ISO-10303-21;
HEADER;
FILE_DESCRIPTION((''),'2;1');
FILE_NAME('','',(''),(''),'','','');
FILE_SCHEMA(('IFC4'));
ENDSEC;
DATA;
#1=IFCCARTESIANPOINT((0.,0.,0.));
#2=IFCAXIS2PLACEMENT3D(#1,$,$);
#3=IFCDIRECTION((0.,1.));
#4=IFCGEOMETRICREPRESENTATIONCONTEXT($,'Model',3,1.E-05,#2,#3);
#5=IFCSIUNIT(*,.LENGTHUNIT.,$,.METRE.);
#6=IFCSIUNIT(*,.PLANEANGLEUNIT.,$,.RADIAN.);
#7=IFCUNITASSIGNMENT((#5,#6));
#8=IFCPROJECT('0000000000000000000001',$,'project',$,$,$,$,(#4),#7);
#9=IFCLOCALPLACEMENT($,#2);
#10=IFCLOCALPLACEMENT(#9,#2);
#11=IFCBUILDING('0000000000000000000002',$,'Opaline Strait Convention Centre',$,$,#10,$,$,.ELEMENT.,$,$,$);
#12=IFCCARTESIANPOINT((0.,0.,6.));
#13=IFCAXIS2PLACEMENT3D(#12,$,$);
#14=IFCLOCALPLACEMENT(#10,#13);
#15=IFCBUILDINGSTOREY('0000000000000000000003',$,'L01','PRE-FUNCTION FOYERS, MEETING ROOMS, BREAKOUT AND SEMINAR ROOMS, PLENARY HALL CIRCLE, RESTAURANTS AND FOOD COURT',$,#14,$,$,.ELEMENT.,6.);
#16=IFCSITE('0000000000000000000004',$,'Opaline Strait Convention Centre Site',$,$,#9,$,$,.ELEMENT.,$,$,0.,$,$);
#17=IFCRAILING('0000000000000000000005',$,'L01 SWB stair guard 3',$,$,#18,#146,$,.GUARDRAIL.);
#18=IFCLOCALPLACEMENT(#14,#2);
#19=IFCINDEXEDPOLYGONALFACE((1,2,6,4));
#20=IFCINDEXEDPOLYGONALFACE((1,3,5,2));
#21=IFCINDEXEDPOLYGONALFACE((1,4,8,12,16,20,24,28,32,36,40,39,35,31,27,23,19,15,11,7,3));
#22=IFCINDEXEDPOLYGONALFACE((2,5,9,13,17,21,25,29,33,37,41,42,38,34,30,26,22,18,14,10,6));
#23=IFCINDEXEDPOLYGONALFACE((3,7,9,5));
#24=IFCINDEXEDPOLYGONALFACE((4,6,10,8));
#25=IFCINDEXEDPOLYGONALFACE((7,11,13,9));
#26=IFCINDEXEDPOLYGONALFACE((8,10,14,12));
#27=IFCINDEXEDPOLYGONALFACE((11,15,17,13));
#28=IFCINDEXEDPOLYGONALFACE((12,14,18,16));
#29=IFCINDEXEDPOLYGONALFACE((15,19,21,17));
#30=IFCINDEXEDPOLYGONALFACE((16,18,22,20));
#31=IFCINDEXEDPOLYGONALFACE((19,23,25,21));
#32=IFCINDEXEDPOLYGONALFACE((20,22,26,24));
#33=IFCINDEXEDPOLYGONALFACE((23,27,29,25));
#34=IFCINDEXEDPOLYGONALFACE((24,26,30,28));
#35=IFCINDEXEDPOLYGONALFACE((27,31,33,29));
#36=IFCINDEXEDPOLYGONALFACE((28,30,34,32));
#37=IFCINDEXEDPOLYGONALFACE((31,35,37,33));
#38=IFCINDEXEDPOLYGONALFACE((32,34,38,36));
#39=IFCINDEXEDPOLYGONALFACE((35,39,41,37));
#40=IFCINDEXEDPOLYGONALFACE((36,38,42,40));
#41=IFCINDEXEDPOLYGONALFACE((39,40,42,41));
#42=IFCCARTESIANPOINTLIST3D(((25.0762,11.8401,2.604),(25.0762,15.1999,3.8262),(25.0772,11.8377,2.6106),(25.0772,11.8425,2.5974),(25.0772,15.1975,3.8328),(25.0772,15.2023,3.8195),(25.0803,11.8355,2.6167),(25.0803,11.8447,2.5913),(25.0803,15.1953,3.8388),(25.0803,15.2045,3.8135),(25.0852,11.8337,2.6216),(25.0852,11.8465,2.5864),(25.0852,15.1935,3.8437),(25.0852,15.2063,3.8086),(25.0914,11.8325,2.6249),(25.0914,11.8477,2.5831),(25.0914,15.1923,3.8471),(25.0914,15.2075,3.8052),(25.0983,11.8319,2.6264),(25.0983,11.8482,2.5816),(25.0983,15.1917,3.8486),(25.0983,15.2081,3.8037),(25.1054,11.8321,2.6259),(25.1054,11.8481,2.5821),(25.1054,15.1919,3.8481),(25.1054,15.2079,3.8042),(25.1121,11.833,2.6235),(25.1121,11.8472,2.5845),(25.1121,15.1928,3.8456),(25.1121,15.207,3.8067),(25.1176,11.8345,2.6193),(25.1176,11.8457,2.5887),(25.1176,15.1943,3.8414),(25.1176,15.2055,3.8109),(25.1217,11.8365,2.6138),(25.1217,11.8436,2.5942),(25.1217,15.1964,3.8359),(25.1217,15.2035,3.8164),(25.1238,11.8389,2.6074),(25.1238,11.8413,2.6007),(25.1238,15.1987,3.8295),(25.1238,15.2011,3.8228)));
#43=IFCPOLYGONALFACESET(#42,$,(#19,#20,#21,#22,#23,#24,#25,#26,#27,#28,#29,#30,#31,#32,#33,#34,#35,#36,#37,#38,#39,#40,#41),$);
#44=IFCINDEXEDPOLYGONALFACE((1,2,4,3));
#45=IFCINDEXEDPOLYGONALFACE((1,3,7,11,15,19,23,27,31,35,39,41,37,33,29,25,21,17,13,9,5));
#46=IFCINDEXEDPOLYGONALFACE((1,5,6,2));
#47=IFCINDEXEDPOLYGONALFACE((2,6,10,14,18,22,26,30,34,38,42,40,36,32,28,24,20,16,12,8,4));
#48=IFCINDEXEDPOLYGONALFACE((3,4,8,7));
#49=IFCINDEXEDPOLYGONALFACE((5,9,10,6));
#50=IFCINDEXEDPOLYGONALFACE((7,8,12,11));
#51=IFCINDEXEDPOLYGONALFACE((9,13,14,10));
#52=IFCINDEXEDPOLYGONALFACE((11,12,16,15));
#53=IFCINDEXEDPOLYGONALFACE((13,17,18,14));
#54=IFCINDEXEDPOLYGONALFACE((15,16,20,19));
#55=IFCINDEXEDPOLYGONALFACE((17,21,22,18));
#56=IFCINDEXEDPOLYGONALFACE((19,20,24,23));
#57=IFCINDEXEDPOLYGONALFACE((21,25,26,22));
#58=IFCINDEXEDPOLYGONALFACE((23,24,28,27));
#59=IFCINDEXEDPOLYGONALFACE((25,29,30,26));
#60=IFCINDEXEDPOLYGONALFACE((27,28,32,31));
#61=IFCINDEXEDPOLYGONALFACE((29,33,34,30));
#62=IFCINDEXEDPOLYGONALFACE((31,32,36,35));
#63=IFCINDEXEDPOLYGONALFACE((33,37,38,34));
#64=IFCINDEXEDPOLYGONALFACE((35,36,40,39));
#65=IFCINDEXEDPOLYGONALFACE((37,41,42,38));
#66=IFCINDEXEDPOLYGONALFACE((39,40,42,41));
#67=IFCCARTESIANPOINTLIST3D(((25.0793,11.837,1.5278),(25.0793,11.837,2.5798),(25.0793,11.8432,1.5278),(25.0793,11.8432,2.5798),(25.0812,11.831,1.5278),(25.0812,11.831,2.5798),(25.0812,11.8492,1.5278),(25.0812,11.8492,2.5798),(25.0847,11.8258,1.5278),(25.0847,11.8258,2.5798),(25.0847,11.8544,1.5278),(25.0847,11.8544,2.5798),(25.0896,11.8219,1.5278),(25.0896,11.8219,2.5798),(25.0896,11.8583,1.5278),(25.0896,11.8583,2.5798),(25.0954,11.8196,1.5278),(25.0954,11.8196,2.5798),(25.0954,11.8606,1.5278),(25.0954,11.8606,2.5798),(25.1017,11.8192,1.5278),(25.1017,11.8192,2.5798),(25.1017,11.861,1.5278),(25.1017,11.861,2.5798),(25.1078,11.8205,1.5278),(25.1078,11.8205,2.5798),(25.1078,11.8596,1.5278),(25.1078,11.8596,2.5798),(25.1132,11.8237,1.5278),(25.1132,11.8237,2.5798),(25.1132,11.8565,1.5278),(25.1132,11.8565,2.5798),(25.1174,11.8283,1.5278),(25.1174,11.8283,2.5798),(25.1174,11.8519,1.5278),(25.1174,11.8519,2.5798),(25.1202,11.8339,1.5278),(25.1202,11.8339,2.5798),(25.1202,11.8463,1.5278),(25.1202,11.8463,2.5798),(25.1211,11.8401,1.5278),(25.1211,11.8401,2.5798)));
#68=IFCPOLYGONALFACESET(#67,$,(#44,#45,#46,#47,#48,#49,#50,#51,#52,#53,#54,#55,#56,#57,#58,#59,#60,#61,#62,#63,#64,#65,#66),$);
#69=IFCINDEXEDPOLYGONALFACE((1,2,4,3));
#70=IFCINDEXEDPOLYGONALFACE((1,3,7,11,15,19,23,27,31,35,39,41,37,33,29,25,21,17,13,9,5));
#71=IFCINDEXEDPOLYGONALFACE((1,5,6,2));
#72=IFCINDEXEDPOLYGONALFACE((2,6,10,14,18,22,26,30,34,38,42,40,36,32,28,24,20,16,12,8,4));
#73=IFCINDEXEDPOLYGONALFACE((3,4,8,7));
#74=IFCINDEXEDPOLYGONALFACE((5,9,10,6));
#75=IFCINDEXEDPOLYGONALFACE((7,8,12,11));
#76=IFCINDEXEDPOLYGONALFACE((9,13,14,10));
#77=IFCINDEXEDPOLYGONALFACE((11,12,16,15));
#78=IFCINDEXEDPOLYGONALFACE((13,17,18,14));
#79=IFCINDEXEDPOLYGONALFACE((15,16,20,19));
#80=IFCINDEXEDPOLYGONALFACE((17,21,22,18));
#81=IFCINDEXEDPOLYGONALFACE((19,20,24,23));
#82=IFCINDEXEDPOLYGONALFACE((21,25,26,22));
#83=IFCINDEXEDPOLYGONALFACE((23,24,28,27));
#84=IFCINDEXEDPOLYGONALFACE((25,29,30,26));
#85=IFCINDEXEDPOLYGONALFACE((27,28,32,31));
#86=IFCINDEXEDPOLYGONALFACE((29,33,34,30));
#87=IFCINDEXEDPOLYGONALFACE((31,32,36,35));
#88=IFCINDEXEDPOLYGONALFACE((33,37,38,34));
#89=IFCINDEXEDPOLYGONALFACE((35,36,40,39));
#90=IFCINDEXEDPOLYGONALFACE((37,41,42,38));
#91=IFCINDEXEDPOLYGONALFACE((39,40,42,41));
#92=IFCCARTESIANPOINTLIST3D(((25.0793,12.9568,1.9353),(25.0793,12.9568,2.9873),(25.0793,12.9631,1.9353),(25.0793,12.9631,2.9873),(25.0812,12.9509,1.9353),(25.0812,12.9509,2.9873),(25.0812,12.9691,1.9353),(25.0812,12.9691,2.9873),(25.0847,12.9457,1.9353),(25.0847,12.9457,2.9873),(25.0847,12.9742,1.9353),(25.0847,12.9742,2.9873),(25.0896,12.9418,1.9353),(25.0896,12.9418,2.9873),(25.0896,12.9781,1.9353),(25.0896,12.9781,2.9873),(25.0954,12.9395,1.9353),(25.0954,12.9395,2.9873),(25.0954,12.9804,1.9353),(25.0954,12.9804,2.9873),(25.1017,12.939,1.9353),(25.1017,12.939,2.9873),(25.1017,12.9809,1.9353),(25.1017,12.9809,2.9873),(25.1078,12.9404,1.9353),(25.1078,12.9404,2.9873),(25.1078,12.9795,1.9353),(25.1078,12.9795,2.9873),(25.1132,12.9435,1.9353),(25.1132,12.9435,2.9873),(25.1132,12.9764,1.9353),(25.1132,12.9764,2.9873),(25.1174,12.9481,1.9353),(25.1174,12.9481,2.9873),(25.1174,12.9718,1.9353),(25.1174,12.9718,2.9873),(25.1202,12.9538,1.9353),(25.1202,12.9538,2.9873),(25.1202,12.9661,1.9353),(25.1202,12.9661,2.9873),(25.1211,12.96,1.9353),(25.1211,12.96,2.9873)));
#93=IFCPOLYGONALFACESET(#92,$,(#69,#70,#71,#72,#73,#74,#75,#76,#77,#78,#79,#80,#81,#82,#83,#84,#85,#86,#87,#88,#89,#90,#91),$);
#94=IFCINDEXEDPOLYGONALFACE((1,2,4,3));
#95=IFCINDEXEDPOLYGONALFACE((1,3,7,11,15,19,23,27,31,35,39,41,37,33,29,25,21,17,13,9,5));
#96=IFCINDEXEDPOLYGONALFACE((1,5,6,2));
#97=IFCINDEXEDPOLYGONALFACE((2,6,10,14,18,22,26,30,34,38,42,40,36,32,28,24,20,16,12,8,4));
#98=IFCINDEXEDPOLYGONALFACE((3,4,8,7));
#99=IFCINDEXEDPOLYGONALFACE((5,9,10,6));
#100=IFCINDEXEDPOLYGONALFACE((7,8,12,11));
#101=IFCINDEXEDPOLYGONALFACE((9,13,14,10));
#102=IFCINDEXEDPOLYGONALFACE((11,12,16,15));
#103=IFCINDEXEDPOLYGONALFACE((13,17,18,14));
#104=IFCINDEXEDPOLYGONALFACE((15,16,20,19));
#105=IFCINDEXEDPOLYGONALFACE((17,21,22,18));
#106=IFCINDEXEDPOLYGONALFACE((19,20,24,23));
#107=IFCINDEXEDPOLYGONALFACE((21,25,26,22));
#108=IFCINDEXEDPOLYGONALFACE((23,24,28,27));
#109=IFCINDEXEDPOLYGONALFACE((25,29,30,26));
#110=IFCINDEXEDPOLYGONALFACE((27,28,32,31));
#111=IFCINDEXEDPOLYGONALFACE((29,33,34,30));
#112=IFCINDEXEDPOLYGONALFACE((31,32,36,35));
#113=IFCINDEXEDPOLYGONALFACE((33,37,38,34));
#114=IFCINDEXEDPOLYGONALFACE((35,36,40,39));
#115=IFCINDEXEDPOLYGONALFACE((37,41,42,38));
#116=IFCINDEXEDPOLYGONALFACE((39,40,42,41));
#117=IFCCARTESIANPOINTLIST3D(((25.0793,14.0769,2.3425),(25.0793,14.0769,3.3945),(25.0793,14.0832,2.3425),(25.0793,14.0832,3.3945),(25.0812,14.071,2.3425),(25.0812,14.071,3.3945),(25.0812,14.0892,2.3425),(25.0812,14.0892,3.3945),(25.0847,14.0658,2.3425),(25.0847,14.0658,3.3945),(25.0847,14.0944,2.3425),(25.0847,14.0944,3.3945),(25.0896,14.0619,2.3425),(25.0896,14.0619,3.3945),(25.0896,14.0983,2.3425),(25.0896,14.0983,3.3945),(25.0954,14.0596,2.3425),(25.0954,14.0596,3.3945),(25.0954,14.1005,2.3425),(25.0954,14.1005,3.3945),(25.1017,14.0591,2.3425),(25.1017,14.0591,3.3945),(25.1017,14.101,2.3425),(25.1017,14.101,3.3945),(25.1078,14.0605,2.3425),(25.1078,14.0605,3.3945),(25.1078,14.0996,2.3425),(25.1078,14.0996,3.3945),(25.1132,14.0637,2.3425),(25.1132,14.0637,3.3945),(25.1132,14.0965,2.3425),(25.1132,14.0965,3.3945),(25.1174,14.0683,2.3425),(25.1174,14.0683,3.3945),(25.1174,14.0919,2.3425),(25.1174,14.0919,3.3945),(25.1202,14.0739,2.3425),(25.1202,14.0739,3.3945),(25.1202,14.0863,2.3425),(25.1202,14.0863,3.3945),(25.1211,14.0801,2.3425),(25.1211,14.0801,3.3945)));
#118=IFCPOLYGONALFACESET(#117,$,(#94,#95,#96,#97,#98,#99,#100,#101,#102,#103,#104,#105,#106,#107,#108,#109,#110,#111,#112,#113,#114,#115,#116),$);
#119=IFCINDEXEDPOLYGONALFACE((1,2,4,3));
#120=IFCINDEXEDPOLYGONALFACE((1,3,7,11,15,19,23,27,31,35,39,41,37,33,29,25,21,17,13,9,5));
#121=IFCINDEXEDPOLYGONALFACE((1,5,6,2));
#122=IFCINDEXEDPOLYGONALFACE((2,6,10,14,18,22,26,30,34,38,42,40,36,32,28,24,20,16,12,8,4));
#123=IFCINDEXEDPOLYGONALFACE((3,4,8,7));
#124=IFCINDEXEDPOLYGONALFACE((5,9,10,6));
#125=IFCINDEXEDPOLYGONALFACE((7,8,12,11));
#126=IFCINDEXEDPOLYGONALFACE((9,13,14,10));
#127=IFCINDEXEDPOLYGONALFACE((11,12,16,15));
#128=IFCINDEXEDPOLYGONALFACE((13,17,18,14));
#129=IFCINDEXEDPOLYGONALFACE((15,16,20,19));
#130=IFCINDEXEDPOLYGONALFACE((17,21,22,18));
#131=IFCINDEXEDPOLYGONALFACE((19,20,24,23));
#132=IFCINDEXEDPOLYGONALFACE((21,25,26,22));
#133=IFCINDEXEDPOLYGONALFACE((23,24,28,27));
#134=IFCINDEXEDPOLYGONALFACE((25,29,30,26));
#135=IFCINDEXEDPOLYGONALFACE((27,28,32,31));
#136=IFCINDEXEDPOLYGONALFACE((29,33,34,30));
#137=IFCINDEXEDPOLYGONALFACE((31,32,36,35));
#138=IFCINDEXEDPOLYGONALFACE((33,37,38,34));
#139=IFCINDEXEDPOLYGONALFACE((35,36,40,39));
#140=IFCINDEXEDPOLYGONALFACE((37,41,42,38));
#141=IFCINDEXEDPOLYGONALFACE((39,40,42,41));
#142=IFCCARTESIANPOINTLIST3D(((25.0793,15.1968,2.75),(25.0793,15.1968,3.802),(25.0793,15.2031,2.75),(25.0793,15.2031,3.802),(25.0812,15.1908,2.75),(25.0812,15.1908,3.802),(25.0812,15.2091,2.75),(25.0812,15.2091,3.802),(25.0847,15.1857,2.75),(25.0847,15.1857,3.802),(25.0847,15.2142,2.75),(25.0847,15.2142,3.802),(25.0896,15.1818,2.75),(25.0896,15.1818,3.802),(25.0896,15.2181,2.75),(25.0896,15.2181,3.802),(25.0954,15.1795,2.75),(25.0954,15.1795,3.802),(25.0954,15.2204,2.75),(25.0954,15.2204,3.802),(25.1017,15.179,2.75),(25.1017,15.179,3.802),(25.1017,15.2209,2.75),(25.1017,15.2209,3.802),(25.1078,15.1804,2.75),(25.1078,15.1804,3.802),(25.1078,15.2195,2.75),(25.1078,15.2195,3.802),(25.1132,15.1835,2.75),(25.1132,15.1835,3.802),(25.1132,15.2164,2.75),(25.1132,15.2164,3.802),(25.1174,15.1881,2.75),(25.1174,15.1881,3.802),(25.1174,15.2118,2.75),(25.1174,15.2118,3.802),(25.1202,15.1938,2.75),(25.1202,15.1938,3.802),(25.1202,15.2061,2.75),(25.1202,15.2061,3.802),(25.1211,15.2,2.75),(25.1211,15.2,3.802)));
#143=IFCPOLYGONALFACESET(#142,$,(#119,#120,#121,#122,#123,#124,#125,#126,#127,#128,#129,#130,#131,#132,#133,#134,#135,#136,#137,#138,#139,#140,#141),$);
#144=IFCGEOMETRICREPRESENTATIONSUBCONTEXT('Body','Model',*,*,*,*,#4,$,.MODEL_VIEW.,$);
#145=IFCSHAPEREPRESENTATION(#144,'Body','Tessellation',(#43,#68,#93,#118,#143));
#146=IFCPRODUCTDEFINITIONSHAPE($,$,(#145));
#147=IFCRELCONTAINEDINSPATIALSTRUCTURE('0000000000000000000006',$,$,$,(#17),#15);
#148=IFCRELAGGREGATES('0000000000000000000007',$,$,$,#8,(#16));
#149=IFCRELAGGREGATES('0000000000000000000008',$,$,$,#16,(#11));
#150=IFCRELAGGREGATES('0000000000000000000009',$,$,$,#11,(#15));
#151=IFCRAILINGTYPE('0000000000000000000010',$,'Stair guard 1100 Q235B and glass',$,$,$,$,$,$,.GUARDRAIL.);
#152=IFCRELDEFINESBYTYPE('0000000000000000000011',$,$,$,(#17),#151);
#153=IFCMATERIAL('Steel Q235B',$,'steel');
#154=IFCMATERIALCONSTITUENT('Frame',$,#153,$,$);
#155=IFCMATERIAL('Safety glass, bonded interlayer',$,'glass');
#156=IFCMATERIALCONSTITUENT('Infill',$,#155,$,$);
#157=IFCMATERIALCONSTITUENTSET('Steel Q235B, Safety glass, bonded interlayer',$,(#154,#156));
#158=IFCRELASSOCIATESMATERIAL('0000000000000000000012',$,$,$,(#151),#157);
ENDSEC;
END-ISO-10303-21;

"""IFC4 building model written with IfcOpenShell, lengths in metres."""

from ifc_helpers import new_model, si_unit, direction, frame, origin, origin_2d, place, context, subcontext, project, spatial, circle, extrude, material, constituent, constituent_set, type_object, element, save


model = new_model("IFC4")

# Units and contexts
model_context = context("Model", 3, precision=1e-05, world=origin(), true_north=direction((0.0, 1.0)))
body_context = subcontext(model_context, "Body", "Model", "MODEL_VIEW")
ifc_project = project(units=[si_unit("LENGTHUNIT", "METRE"), si_unit("PLANEANGLEUNIT", "RADIAN")], contexts=[model_context])

# Site, building, storey
site_placement = place(None, origin())
site = spatial("IfcSite", under=ifc_project, at=site_placement, Name="Opaline Strait Convention Centre Site", CompositionType="ELEMENT", RefElevation=0.0)
building_placement = place(site_placement, origin())
building = spatial("IfcBuilding", under=site, at=building_placement, Name="Opaline Strait Convention Centre", CompositionType="ELEMENT")
storey_placement = place(building_placement, frame((0.0, 0.0, 6.0)))
storey = spatial("IfcBuildingStorey", under=building, at=storey_placement, Name="L01", Description="PRE-FUNCTION FOYERS, MEETING ROOMS, BREAKOUT AND SEMINAR ROOMS, PLENARY HALL CIRCLE, RESTAURANTS AND FOOD COURT", CompositionType="ELEMENT", Elevation=6.0)

# Railing
ifc_material_1 = material(Name="Steel Q235B", Category="steel")
ifc_constituent_1 = constituent(ifc_material_1, Name="Frame")
ifc_material_2 = material(Name="Safety glass, bonded interlayer", Category="glass")
ifc_constituent_2 = constituent(ifc_material_2, Name="Infill")
ifc_constituent_set = constituent_set(constituents=[ifc_constituent_1, ifc_constituent_2], Name="Steel Q235B, Safety glass, bonded interlayer")
railing_type_1 = type_object("IfcRailingType", Name="Stair guard 1100 Q235B and glass", PredefinedType="GUARDRAIL", material=ifc_constituent_set)
railing_1_placement = place(storey_placement, frame((25.1001, 11.8401, 1.5278)))
element("IfcRailing", 1, at=railing_1_placement, inside=storey, type_object=railing_type_1, Name="L01 SWB stair guard 3", PredefinedType="GUARDRAIL", context=body_context, shape_type="SweptSolid", body=[
    extrude(circle(Radius=0.0239, at=origin_2d()), frame((0.0, 0.0, 1.0762), z_axis=(0.0, 0.939758, 0.341842), x_axis=(-1.0, 0.0, 0.0)), (0.0, 0.0, 1.0), 3.5752),
    extrude(circle(Radius=0.021, at=origin_2d()), origin(), (0.0, 0.0, 1.0), 1.052),
    extrude(circle(Radius=0.021, at=origin_2d()), frame((0.0, 1.1199, 0.4075)), (0.0, 0.0, 1.0), 1.052),
    extrude(circle(Radius=0.021, at=origin_2d()), frame((0.0, 2.24, 0.8147)), (0.0, 0.0, 1.0), 1.052),
    extrude(circle(Radius=0.021, at=origin_2d()), frame((0.0, 3.3599, 1.2222)), (0.0, 0.0, 1.0), 1.052),
])

save(model, "model.ifc")
